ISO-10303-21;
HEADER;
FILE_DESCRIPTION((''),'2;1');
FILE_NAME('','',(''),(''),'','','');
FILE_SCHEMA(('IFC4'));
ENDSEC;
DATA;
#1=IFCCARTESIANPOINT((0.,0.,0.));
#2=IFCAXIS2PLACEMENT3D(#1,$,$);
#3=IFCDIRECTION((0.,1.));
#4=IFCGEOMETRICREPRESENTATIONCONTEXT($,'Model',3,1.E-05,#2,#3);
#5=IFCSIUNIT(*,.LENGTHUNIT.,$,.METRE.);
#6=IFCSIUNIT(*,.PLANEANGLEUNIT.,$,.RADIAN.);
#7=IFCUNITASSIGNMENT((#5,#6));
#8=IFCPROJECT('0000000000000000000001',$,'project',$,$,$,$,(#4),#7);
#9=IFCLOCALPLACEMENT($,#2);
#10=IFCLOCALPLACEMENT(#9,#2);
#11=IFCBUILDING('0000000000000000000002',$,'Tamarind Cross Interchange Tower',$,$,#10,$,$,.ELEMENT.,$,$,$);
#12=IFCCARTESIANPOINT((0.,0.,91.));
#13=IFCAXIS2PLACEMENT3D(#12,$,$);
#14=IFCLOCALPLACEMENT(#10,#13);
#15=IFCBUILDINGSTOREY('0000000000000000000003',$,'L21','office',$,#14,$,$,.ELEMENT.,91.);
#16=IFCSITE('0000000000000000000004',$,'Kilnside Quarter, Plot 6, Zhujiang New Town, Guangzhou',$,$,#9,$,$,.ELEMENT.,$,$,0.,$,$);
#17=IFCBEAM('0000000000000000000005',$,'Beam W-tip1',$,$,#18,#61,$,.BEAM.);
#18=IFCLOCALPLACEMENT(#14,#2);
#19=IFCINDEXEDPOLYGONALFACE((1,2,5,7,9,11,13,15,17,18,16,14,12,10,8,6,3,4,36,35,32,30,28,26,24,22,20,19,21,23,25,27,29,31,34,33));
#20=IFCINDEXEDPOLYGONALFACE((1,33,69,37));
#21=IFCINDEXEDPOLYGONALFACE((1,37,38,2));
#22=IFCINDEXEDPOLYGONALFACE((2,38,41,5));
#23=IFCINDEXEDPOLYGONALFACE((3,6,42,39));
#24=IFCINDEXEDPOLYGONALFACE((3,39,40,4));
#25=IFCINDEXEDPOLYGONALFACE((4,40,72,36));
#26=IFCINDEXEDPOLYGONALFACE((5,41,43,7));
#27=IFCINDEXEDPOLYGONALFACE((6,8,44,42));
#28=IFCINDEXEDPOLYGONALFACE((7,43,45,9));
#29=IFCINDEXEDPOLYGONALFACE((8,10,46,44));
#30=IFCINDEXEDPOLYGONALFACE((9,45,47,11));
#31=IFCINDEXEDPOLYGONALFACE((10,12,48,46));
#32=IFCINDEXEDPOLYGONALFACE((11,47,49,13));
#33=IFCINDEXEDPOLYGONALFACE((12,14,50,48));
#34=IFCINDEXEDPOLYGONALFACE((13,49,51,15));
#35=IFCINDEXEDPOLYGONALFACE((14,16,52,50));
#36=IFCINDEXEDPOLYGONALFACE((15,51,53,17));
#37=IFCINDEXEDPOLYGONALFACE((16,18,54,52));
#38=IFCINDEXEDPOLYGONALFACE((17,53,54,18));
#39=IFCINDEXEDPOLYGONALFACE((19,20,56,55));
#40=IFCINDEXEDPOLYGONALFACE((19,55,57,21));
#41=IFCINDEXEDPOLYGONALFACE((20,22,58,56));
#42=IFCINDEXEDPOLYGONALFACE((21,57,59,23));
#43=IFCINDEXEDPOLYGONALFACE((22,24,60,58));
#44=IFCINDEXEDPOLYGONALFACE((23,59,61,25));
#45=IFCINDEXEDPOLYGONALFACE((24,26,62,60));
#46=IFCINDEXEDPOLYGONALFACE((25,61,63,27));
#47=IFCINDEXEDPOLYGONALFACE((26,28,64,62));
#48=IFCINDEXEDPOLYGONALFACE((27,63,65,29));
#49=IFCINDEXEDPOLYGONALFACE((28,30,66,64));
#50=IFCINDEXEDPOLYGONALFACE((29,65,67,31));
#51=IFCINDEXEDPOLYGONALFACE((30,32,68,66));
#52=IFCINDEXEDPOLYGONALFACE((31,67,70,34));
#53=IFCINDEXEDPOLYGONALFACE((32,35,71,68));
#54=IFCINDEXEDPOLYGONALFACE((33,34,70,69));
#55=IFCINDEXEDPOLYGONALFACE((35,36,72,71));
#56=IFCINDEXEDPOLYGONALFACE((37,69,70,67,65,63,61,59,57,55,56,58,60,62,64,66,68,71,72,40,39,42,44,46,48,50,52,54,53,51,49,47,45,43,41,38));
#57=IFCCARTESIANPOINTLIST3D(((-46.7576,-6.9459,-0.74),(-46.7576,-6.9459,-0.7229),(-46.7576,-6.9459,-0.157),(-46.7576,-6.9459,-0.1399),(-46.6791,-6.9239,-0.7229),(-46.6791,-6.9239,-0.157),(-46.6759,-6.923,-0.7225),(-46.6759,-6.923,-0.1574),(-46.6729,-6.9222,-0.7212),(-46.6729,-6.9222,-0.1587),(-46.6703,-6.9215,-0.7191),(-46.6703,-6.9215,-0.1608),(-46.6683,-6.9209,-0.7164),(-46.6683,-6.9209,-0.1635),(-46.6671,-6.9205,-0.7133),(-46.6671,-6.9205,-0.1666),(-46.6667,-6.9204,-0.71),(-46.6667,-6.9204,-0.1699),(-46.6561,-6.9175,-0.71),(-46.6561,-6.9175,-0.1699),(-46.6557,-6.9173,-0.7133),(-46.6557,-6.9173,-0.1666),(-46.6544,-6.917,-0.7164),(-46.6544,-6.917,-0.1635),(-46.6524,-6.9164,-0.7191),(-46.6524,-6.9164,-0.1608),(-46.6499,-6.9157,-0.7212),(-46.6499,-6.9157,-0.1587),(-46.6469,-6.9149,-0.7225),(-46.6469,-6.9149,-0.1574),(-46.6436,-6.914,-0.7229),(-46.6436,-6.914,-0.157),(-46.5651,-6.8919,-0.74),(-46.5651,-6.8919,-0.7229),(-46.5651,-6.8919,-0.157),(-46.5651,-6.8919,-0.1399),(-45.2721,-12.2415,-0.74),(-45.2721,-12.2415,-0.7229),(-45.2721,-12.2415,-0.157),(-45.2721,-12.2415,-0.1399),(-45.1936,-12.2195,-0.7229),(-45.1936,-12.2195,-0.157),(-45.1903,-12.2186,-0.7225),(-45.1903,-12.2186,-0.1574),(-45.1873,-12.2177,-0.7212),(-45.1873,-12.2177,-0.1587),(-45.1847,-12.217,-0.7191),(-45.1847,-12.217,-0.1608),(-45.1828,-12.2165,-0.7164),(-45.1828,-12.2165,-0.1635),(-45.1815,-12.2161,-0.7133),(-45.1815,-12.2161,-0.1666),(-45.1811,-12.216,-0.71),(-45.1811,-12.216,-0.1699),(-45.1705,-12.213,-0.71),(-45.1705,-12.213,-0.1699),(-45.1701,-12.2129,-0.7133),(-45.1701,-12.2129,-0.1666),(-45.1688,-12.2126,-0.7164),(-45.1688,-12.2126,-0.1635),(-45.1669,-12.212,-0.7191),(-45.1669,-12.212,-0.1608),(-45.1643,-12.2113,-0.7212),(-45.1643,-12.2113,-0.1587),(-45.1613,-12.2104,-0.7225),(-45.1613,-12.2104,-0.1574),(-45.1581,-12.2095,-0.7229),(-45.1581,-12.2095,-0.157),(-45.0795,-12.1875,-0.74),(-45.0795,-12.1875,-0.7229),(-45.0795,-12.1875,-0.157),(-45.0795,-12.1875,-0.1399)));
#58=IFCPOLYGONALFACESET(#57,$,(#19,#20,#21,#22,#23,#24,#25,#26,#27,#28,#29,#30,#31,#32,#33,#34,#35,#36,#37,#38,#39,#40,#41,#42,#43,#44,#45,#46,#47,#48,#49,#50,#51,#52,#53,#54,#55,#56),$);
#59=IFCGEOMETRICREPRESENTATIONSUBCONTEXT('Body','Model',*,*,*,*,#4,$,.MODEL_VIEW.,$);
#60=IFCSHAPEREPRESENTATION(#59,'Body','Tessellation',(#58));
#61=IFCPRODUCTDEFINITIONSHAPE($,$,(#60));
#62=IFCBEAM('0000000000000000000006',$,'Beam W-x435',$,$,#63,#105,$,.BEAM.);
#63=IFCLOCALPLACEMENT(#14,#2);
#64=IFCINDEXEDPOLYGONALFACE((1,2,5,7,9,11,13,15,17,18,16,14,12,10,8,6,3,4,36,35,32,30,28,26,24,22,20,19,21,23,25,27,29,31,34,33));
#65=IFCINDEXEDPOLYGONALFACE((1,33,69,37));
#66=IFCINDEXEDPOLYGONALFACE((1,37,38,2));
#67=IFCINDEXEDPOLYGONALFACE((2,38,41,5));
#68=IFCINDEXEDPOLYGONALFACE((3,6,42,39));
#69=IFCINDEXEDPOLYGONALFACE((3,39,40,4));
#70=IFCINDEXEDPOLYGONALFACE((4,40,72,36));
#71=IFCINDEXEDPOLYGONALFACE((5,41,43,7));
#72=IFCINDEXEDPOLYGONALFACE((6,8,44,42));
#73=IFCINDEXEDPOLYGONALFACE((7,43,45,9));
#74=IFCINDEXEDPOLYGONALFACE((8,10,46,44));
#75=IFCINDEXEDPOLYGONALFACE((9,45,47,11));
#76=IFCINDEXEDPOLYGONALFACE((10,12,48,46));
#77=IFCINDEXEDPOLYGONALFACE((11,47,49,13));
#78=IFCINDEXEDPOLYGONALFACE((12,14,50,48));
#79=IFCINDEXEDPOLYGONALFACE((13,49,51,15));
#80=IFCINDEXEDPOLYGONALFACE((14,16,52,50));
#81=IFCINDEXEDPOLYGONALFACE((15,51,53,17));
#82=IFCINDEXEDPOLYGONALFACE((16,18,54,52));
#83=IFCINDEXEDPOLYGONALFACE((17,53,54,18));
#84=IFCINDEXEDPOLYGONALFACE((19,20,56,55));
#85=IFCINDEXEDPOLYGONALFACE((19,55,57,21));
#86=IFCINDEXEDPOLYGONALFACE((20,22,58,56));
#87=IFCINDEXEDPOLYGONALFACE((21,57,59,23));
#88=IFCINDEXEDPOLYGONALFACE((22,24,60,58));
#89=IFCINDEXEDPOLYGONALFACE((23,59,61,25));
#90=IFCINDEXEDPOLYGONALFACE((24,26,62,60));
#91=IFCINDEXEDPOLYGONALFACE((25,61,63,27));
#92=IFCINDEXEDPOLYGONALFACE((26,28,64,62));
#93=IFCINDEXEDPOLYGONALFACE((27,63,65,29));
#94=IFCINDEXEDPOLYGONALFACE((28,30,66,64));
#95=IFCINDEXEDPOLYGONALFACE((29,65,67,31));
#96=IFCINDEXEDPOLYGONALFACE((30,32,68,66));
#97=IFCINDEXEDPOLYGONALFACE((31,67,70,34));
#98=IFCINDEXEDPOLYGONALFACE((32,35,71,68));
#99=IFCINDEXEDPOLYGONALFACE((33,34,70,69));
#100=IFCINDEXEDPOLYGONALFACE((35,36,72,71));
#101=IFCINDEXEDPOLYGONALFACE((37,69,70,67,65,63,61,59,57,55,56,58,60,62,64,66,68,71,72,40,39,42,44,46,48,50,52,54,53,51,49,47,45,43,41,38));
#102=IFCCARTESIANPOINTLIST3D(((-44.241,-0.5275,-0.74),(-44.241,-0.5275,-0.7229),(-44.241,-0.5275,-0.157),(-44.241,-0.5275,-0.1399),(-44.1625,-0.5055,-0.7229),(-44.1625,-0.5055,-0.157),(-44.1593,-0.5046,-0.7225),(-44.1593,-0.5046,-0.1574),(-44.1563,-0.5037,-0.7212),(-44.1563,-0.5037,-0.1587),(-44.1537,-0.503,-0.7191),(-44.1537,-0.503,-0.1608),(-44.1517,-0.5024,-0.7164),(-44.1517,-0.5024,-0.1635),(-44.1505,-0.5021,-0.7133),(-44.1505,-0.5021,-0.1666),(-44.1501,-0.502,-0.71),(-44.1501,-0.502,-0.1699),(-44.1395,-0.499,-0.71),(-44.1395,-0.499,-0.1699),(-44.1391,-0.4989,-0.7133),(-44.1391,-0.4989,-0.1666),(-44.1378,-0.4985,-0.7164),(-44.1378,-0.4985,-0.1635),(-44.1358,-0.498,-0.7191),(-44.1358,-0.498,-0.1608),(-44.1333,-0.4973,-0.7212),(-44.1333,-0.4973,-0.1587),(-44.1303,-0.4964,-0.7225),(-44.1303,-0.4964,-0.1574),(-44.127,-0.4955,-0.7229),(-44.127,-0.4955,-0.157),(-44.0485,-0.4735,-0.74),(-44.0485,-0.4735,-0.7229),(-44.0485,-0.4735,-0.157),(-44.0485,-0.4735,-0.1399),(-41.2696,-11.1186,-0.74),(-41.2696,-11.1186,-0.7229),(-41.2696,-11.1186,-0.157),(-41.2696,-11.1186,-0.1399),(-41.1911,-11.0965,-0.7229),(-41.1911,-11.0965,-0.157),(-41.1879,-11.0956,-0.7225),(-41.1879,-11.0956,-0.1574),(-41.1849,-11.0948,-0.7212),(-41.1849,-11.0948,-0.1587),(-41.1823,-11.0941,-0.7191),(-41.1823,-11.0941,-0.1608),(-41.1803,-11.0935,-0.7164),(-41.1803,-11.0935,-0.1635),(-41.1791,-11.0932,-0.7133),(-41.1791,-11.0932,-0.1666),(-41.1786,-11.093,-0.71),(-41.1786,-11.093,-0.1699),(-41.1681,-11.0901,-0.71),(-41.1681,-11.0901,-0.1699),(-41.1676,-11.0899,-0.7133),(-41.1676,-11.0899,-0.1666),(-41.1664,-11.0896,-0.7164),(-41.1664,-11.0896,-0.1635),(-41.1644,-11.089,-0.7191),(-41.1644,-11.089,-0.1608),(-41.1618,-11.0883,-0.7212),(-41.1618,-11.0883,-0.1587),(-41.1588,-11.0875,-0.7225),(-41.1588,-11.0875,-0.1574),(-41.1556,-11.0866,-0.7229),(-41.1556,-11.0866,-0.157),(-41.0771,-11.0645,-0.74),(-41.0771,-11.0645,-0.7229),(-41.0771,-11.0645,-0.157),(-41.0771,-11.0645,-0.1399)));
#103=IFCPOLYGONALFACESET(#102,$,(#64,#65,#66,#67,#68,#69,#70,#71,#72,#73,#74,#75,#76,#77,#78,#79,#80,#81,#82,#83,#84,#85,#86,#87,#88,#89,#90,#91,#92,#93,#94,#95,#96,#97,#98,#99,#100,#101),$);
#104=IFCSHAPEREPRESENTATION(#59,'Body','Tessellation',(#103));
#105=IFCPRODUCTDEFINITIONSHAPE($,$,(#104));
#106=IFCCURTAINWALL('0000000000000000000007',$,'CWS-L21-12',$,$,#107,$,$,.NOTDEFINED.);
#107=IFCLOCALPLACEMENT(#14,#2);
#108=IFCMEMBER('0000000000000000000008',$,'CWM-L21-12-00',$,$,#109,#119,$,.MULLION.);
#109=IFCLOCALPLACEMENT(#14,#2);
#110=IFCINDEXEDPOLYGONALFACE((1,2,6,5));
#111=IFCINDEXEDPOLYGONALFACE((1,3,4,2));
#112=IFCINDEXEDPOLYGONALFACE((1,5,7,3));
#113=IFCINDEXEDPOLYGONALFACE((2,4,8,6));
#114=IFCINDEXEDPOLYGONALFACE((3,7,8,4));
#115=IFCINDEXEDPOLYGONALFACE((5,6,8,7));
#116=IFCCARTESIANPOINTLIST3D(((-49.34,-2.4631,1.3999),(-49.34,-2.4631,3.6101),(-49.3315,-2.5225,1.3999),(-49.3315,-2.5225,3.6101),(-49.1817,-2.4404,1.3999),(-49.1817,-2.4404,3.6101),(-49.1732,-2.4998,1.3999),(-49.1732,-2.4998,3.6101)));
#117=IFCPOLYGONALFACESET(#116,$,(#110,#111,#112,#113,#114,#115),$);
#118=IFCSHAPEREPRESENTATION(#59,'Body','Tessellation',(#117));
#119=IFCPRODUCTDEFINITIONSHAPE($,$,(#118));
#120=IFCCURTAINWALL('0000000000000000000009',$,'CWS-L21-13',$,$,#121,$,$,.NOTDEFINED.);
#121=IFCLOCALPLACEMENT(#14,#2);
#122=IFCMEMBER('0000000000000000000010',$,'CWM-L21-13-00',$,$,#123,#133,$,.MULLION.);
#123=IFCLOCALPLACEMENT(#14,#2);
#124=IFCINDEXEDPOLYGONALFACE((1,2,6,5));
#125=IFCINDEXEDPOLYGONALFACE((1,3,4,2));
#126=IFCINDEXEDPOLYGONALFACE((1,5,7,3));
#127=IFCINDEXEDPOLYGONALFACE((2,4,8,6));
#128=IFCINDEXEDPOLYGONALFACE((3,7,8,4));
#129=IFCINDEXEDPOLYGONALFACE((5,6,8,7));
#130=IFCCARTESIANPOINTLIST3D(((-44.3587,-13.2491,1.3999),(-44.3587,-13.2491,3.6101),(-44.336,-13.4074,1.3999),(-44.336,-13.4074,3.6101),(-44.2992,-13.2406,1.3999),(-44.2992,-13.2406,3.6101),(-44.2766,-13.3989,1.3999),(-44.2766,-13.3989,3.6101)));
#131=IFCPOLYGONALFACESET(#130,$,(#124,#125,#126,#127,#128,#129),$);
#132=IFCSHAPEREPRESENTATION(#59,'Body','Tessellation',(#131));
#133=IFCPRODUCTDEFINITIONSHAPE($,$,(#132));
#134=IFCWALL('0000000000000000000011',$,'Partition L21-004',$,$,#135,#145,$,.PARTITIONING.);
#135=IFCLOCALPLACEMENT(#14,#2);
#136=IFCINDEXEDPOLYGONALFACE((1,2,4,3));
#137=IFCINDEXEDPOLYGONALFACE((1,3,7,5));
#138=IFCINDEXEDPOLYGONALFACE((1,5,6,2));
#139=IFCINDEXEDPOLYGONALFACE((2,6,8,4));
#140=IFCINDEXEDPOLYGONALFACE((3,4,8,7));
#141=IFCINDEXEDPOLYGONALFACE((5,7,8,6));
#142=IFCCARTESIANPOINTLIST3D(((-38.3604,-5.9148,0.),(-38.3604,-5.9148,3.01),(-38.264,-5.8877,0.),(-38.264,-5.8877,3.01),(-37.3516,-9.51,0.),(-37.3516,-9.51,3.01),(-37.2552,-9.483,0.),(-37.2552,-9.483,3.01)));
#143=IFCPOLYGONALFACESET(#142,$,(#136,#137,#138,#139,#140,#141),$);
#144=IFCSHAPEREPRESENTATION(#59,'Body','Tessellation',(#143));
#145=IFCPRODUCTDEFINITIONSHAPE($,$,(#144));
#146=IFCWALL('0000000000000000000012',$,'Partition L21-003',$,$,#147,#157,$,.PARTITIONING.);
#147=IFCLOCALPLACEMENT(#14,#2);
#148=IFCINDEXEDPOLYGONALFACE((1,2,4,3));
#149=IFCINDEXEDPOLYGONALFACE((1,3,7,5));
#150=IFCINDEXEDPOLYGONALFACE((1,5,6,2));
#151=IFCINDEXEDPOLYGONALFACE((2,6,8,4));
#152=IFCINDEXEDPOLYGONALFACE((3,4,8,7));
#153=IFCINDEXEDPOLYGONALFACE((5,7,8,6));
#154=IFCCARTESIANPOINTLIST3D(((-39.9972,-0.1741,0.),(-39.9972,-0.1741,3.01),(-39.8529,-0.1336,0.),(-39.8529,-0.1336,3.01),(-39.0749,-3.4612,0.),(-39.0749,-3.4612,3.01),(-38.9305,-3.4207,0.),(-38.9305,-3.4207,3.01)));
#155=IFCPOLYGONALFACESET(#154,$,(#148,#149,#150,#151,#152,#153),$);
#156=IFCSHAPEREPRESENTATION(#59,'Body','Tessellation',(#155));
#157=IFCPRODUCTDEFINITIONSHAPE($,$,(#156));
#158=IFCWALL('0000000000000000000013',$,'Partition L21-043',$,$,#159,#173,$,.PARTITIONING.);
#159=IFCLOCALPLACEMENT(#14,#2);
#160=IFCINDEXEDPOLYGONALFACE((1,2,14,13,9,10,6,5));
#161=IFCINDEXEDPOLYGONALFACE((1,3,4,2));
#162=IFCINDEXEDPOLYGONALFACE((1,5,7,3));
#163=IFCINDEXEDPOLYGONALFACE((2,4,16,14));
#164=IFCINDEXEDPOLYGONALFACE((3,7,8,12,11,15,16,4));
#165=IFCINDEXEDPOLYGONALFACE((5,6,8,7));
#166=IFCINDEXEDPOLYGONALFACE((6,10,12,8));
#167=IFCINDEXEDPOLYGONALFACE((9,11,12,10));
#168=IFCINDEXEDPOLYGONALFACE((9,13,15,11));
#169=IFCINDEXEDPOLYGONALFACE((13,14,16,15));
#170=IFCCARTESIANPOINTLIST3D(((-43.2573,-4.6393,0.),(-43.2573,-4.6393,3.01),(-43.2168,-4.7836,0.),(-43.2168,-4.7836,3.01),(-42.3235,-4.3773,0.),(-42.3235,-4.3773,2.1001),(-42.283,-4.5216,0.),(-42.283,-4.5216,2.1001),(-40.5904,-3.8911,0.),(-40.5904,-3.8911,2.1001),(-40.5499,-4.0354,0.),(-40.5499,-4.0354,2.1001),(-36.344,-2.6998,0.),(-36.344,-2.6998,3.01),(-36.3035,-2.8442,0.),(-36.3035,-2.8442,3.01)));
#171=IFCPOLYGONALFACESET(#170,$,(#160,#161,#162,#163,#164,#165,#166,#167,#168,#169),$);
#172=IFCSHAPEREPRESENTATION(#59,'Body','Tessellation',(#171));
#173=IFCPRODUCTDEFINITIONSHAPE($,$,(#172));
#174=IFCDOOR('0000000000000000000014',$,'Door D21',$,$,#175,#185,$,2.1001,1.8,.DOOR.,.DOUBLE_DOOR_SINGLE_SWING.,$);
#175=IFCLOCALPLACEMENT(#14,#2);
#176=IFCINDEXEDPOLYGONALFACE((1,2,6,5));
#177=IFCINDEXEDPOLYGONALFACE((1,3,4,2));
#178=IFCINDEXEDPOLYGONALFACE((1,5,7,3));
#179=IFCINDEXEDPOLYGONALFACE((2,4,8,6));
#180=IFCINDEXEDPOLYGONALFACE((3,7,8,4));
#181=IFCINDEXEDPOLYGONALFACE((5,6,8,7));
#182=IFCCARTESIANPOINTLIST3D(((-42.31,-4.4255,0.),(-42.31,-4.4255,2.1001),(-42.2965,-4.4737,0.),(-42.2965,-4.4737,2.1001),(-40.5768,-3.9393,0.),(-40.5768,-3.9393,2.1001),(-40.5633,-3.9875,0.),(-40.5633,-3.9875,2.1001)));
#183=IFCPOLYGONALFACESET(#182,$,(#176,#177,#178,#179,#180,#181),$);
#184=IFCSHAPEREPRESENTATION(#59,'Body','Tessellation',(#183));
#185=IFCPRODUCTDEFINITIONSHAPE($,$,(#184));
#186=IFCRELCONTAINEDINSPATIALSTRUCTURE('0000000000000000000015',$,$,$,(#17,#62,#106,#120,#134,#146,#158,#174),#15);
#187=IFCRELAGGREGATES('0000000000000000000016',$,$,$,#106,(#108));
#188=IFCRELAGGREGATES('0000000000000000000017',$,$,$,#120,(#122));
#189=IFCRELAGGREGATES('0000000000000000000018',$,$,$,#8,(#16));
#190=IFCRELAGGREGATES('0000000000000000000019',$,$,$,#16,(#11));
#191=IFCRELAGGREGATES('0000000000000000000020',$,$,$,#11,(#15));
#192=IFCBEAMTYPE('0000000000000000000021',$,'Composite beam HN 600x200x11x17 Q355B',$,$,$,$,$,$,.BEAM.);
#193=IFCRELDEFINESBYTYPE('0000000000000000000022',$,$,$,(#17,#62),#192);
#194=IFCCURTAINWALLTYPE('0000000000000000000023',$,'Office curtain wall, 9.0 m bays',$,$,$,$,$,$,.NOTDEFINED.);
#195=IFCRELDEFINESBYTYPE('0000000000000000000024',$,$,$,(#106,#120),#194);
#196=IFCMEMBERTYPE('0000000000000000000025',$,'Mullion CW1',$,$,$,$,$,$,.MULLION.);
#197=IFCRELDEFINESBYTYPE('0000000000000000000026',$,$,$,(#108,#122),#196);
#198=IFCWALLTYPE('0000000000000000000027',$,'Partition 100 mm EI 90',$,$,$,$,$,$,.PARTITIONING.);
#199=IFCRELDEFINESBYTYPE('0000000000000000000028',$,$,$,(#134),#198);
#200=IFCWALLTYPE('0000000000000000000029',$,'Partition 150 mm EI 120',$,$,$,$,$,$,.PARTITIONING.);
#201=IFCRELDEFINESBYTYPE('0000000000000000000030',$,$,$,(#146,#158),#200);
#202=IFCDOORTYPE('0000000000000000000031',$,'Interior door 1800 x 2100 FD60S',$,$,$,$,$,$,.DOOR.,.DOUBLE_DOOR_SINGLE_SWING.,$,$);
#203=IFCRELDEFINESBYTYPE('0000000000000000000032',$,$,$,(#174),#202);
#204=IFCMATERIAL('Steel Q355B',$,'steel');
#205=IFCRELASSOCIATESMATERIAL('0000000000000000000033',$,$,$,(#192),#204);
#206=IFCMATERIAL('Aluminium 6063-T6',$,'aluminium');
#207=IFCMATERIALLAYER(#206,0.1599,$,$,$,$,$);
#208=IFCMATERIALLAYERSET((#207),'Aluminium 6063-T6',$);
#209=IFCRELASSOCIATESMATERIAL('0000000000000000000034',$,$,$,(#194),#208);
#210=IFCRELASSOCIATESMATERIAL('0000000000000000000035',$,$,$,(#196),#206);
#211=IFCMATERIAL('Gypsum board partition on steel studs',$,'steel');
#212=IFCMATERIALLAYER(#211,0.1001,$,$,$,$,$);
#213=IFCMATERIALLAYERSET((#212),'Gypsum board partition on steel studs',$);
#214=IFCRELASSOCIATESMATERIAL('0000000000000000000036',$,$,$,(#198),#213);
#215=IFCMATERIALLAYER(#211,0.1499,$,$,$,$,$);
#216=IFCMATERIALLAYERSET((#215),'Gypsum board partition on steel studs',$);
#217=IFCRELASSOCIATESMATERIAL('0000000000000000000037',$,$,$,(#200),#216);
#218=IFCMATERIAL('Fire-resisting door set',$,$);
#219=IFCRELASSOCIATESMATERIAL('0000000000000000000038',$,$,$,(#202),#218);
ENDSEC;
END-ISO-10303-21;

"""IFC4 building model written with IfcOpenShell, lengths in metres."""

from ifc_helpers import new_model, si_unit, direction, frame, frame_2d, origin, origin_2d, place, context, subcontext, project, spatial, rectangle, i_section, extrude, material, layer, layer_set, material_profile, profile_set, type_object, element, fill, aggregate, save


model = new_model("IFC4")

# Units and contexts
model_context = context("Model", 3, precision=1e-05, world=origin(), true_north=direction((0.0, 1.0)))
body_context = subcontext(model_context, "Body", "Model", "MODEL_VIEW")
ifc_project = project(units=[si_unit("LENGTHUNIT", "METRE"), si_unit("PLANEANGLEUNIT", "RADIAN")], contexts=[model_context])

# Site, building, storey
site_placement = place(None, origin())
site = spatial("IfcSite", under=ifc_project, at=site_placement, Name="Kilnside Quarter, Plot 6, Zhujiang New Town, Guangzhou", CompositionType="ELEMENT", RefElevation=0.0)
building_placement = place(site_placement, origin())
building = spatial("IfcBuilding", under=site, at=building_placement, Name="Tamarind Cross Interchange Tower", CompositionType="ELEMENT")
storey_placement = place(building_placement, frame((0.0, 0.0, 91.0)))
storey = spatial("IfcBuildingStorey", under=building, at=storey_placement, Name="L21", Description="office", CompositionType="ELEMENT", Elevation=91.0)

# Beams
ifc_material_1 = material(Name="Steel Q355B", Category="steel")
ifc_material_profile_1 = material_profile(ifc_material_1, i_section(OverallWidth=0.2, OverallDepth=0.6001, WebThickness=0.011, FlangeThickness=0.0171, FilletRadius=0.0129, at=origin_2d()), Name="HN 600x200x11x17")
ifc_profile_set_1 = profile_set([ifc_material_profile_1], Name="Steel Q355B")
beam_type_1 = type_object("IfcBeamType", Name="Composite beam HN 600x200x11x17 Q355B", PredefinedType="BEAM", material=ifc_profile_set_1)
for number, where, z_axis, x_axis, name in (
    (1, (-46.6614, -6.9189, -0.4399), (0.270104, -0.962831, 0.0), (0.962831, 0.270104, 0.0), "Beam W-tip1"),
):
    element("IfcBeam", number, at=place(storey_placement, frame(where, z_axis=z_axis, x_axis=x_axis)), inside=storey, type_object=beam_type_1, Name=name, PredefinedType="BEAM", context=body_context, shape_type="SweptSolid", body=[
        extrude(i_section(OverallWidth=0.2, OverallDepth=0.6001, WebThickness=0.011, FlangeThickness=0.0171, FilletRadius=0.0129, at=origin_2d()), origin(), (0.0, 0.0, 1.0), 5.5),
    ])
beam_placement = place(storey_placement, frame((-44.1448, -0.5005, -0.4399), z_axis=(0.27013, -0.962824, 0.0), x_axis=(0.962824, 0.27013, 0.0)))
element("IfcBeam", 2, at=beam_placement, inside=storey, type_object=beam_type_1, Name="Beam W-x435", PredefinedType="BEAM", context=body_context, shape_type="SweptSolid", body=[
    extrude(i_section(OverallWidth=0.2, OverallDepth=0.6001, WebThickness=0.011, FlangeThickness=0.0171, FilletRadius=0.0129, at=origin_2d()), origin(), (0.0, 0.0, 1.0), 11.0),
])

# Curtain walls, members
ifc_material_2 = material(Name="Aluminium 6063-T6", Category="aluminium")
ifc_layer_1 = layer(ifc_material_2, 0.1599)
ifc_layer_set_1 = layer_set([ifc_layer_1], Name="Aluminium 6063-T6")
curtain_wall_type = type_object("IfcCurtainWallType", Name="Office curtain wall, 9.0 m bays", PredefinedType="NOTDEFINED", material=ifc_layer_set_1)
curtain_wall_1_placement = place(storey_placement, origin())
curtain_wall_1 = element("IfcCurtainWall", 3, at=curtain_wall_1_placement, inside=storey, type_object=curtain_wall_type, Name="CWS-L21-12", PredefinedType="NOTDEFINED")
ifc_material_profile_2 = material_profile(ifc_material_2, rectangle(XDim=0.0601, YDim=0.1599, at=origin_2d()), Name="Mullion CW1")
ifc_profile_set_2 = profile_set([ifc_material_profile_2], Name="Aluminium 6063-T6")
member_type = type_object("IfcMemberType", Name="Mullion CW1", PredefinedType="MULLION", material=ifc_profile_set_2)
member_1_placement = place(storey_placement, frame((-49.2566, -2.4814, 1.3999), z_axis=(0.0, 0.0, 1.0), x_axis=(0.142145, -0.989846, 0.0)))
member_1 = element("IfcMember", 4, at=member_1_placement, type_object=member_type, Name="CWM-L21-12-00", PredefinedType="MULLION", context=body_context, shape_type="SweptSolid", body=[
    extrude(rectangle(XDim=0.0601, YDim=0.1599, at=origin_2d()), origin(), (0.0, 0.0, 1.0), 2.2102),
])
aggregate(curtain_wall_1, [member_1])
curtain_wall_2_placement = place(storey_placement, origin())
curtain_wall_2 = element("IfcCurtainWall", 5, at=curtain_wall_2_placement, inside=storey, type_object=curtain_wall_type, Name="CWS-L21-13", PredefinedType="NOTDEFINED")
member_2_placement = place(storey_placement, frame((-44.3176, -13.324, 1.3999), z_axis=(0.0, 0.0, 1.0), x_axis=(0.989941, 0.141477, 0.0)))
member_2 = element("IfcMember", 6, at=member_2_placement, type_object=member_type, Name="CWM-L21-13-00", PredefinedType="MULLION", context=body_context, shape_type="SweptSolid", body=[
    extrude(rectangle(XDim=0.0601, YDim=0.1599, at=origin_2d()), origin(), (0.0, 0.0, 1.0), 2.2102),
])
aggregate(curtain_wall_2, [member_2])

# Walls
ifc_material_3 = material(Name="Gypsum board partition on steel studs", Category="steel")
ifc_layer_2 = layer(ifc_material_3, 0.1001)
ifc_layer_set_2 = layer_set([ifc_layer_2], Name="Gypsum board partition on steel studs")
wall_type_1 = type_object("IfcWallType", Name="Partition 100 mm EI 90", PredefinedType="PARTITIONING", material=ifc_layer_set_2)
wall_1_placement = place(storey_placement, frame((-38.3123, -5.9011, 0.0), z_axis=(0.0, 0.0, 1.0), x_axis=(0.270159, -0.962816, 0.0)))
element("IfcWall", 7, at=wall_1_placement, inside=storey, type_object=wall_type_1, Name="Partition L21-004", PredefinedType="PARTITIONING", context=body_context, shape_type="SweptSolid", body=[
    extrude(rectangle(XDim=3.7341, YDim=0.1001, at=frame_2d((1.8672, 0.0))), origin(), (0.0, 0.0, 1.0), 3.01),
])
ifc_layer_3 = layer(ifc_material_3, 0.1499)
ifc_layer_set_3 = layer_set([ifc_layer_3], Name="Gypsum board partition on steel studs")
wall_type_2 = type_object("IfcWallType", Name="Partition 150 mm EI 120", PredefinedType="PARTITIONING", material=ifc_layer_set_3)
wall_2_placement = place(storey_placement, frame((-39.925, -0.1538, 0.0), z_axis=(0.0, 0.0, 1.0), x_axis=(0.270166, -0.962814, 0.0)))
element("IfcWall", 8, at=wall_2_placement, inside=storey, type_object=wall_type_2, Name="Partition L21-003", PredefinedType="PARTITIONING", context=body_context, shape_type="SweptSolid", body=[
    extrude(rectangle(XDim=3.4141, YDim=0.1499, at=frame_2d((1.707, 0.0))), origin(), (0.0, 0.0, 1.0), 3.01),
])

# Wall, opening, door
wall_3_placement = place(storey_placement, frame((-43.2371, -4.7114, 0.0), z_axis=(0.0, 0.0, 1.0), x_axis=(0.962829, 0.27011, 0.0)))
wall_3 = element("IfcWall", 9, at=wall_3_placement, inside=storey, type_object=wall_type_2, Name="Partition L21-043", PredefinedType="PARTITIONING", context=body_context, shape_type="SweptSolid", body=[
    extrude(rectangle(XDim=7.1802, YDim=0.1499, at=frame_2d((3.5901, 0.0))), origin(), (0.0, 0.0, 1.0), 3.01),
])
opening_1_placement = place(wall_3_placement, frame((0.97, 0.0, 0.0)))
opening_1 = element("IfcOpeningElement", 10, at=opening_1_placement, cuts=wall_3, PredefinedType="OPENING", context=body_context, shape_type="SweptSolid", body=[
    extrude(rectangle(XDim=1.8, YDim=2.1001, at=frame_2d((0.8999, 1.05))), frame((0.0, 0.085, 0.0), z_axis=(0.0, -1.0, 0.0), x_axis=(1.0, 0.0, 0.0)), (0.0, 0.0, 1.0), 0.1699),
])
ifc_material_4 = material(Name="Fire-resisting door set")
door_type_1 = type_object("IfcDoorType", Name="Interior door 1800 x 2100 FD60S", OperationType="DOUBLE_DOOR_SINGLE_SWING", PredefinedType="DOOR", material=ifc_material_4)
door_1_placement = place(opening_1_placement, origin())
door_1 = element("IfcDoor", 11, at=door_1_placement, inside=storey, type_object=door_type_1, Name="Door D21", OperationType="DOUBLE_DOOR_SINGLE_SWING", OverallHeight=2.1001, OverallWidth=1.8, PredefinedType="DOOR", context=body_context, shape_type="SweptSolid", body=[
    extrude(rectangle(XDim=1.8, YDim=2.1001, at=frame_2d((0.8999, 1.05))), frame((0.0, 0.0249, 0.0), z_axis=(0.0, -1.0, 0.0), x_axis=(1.0, 0.0, 0.0)), (0.0, 0.0, 1.0), 0.05),
])
fill(opening_1, door_1)

save(model, "model.ifc")
